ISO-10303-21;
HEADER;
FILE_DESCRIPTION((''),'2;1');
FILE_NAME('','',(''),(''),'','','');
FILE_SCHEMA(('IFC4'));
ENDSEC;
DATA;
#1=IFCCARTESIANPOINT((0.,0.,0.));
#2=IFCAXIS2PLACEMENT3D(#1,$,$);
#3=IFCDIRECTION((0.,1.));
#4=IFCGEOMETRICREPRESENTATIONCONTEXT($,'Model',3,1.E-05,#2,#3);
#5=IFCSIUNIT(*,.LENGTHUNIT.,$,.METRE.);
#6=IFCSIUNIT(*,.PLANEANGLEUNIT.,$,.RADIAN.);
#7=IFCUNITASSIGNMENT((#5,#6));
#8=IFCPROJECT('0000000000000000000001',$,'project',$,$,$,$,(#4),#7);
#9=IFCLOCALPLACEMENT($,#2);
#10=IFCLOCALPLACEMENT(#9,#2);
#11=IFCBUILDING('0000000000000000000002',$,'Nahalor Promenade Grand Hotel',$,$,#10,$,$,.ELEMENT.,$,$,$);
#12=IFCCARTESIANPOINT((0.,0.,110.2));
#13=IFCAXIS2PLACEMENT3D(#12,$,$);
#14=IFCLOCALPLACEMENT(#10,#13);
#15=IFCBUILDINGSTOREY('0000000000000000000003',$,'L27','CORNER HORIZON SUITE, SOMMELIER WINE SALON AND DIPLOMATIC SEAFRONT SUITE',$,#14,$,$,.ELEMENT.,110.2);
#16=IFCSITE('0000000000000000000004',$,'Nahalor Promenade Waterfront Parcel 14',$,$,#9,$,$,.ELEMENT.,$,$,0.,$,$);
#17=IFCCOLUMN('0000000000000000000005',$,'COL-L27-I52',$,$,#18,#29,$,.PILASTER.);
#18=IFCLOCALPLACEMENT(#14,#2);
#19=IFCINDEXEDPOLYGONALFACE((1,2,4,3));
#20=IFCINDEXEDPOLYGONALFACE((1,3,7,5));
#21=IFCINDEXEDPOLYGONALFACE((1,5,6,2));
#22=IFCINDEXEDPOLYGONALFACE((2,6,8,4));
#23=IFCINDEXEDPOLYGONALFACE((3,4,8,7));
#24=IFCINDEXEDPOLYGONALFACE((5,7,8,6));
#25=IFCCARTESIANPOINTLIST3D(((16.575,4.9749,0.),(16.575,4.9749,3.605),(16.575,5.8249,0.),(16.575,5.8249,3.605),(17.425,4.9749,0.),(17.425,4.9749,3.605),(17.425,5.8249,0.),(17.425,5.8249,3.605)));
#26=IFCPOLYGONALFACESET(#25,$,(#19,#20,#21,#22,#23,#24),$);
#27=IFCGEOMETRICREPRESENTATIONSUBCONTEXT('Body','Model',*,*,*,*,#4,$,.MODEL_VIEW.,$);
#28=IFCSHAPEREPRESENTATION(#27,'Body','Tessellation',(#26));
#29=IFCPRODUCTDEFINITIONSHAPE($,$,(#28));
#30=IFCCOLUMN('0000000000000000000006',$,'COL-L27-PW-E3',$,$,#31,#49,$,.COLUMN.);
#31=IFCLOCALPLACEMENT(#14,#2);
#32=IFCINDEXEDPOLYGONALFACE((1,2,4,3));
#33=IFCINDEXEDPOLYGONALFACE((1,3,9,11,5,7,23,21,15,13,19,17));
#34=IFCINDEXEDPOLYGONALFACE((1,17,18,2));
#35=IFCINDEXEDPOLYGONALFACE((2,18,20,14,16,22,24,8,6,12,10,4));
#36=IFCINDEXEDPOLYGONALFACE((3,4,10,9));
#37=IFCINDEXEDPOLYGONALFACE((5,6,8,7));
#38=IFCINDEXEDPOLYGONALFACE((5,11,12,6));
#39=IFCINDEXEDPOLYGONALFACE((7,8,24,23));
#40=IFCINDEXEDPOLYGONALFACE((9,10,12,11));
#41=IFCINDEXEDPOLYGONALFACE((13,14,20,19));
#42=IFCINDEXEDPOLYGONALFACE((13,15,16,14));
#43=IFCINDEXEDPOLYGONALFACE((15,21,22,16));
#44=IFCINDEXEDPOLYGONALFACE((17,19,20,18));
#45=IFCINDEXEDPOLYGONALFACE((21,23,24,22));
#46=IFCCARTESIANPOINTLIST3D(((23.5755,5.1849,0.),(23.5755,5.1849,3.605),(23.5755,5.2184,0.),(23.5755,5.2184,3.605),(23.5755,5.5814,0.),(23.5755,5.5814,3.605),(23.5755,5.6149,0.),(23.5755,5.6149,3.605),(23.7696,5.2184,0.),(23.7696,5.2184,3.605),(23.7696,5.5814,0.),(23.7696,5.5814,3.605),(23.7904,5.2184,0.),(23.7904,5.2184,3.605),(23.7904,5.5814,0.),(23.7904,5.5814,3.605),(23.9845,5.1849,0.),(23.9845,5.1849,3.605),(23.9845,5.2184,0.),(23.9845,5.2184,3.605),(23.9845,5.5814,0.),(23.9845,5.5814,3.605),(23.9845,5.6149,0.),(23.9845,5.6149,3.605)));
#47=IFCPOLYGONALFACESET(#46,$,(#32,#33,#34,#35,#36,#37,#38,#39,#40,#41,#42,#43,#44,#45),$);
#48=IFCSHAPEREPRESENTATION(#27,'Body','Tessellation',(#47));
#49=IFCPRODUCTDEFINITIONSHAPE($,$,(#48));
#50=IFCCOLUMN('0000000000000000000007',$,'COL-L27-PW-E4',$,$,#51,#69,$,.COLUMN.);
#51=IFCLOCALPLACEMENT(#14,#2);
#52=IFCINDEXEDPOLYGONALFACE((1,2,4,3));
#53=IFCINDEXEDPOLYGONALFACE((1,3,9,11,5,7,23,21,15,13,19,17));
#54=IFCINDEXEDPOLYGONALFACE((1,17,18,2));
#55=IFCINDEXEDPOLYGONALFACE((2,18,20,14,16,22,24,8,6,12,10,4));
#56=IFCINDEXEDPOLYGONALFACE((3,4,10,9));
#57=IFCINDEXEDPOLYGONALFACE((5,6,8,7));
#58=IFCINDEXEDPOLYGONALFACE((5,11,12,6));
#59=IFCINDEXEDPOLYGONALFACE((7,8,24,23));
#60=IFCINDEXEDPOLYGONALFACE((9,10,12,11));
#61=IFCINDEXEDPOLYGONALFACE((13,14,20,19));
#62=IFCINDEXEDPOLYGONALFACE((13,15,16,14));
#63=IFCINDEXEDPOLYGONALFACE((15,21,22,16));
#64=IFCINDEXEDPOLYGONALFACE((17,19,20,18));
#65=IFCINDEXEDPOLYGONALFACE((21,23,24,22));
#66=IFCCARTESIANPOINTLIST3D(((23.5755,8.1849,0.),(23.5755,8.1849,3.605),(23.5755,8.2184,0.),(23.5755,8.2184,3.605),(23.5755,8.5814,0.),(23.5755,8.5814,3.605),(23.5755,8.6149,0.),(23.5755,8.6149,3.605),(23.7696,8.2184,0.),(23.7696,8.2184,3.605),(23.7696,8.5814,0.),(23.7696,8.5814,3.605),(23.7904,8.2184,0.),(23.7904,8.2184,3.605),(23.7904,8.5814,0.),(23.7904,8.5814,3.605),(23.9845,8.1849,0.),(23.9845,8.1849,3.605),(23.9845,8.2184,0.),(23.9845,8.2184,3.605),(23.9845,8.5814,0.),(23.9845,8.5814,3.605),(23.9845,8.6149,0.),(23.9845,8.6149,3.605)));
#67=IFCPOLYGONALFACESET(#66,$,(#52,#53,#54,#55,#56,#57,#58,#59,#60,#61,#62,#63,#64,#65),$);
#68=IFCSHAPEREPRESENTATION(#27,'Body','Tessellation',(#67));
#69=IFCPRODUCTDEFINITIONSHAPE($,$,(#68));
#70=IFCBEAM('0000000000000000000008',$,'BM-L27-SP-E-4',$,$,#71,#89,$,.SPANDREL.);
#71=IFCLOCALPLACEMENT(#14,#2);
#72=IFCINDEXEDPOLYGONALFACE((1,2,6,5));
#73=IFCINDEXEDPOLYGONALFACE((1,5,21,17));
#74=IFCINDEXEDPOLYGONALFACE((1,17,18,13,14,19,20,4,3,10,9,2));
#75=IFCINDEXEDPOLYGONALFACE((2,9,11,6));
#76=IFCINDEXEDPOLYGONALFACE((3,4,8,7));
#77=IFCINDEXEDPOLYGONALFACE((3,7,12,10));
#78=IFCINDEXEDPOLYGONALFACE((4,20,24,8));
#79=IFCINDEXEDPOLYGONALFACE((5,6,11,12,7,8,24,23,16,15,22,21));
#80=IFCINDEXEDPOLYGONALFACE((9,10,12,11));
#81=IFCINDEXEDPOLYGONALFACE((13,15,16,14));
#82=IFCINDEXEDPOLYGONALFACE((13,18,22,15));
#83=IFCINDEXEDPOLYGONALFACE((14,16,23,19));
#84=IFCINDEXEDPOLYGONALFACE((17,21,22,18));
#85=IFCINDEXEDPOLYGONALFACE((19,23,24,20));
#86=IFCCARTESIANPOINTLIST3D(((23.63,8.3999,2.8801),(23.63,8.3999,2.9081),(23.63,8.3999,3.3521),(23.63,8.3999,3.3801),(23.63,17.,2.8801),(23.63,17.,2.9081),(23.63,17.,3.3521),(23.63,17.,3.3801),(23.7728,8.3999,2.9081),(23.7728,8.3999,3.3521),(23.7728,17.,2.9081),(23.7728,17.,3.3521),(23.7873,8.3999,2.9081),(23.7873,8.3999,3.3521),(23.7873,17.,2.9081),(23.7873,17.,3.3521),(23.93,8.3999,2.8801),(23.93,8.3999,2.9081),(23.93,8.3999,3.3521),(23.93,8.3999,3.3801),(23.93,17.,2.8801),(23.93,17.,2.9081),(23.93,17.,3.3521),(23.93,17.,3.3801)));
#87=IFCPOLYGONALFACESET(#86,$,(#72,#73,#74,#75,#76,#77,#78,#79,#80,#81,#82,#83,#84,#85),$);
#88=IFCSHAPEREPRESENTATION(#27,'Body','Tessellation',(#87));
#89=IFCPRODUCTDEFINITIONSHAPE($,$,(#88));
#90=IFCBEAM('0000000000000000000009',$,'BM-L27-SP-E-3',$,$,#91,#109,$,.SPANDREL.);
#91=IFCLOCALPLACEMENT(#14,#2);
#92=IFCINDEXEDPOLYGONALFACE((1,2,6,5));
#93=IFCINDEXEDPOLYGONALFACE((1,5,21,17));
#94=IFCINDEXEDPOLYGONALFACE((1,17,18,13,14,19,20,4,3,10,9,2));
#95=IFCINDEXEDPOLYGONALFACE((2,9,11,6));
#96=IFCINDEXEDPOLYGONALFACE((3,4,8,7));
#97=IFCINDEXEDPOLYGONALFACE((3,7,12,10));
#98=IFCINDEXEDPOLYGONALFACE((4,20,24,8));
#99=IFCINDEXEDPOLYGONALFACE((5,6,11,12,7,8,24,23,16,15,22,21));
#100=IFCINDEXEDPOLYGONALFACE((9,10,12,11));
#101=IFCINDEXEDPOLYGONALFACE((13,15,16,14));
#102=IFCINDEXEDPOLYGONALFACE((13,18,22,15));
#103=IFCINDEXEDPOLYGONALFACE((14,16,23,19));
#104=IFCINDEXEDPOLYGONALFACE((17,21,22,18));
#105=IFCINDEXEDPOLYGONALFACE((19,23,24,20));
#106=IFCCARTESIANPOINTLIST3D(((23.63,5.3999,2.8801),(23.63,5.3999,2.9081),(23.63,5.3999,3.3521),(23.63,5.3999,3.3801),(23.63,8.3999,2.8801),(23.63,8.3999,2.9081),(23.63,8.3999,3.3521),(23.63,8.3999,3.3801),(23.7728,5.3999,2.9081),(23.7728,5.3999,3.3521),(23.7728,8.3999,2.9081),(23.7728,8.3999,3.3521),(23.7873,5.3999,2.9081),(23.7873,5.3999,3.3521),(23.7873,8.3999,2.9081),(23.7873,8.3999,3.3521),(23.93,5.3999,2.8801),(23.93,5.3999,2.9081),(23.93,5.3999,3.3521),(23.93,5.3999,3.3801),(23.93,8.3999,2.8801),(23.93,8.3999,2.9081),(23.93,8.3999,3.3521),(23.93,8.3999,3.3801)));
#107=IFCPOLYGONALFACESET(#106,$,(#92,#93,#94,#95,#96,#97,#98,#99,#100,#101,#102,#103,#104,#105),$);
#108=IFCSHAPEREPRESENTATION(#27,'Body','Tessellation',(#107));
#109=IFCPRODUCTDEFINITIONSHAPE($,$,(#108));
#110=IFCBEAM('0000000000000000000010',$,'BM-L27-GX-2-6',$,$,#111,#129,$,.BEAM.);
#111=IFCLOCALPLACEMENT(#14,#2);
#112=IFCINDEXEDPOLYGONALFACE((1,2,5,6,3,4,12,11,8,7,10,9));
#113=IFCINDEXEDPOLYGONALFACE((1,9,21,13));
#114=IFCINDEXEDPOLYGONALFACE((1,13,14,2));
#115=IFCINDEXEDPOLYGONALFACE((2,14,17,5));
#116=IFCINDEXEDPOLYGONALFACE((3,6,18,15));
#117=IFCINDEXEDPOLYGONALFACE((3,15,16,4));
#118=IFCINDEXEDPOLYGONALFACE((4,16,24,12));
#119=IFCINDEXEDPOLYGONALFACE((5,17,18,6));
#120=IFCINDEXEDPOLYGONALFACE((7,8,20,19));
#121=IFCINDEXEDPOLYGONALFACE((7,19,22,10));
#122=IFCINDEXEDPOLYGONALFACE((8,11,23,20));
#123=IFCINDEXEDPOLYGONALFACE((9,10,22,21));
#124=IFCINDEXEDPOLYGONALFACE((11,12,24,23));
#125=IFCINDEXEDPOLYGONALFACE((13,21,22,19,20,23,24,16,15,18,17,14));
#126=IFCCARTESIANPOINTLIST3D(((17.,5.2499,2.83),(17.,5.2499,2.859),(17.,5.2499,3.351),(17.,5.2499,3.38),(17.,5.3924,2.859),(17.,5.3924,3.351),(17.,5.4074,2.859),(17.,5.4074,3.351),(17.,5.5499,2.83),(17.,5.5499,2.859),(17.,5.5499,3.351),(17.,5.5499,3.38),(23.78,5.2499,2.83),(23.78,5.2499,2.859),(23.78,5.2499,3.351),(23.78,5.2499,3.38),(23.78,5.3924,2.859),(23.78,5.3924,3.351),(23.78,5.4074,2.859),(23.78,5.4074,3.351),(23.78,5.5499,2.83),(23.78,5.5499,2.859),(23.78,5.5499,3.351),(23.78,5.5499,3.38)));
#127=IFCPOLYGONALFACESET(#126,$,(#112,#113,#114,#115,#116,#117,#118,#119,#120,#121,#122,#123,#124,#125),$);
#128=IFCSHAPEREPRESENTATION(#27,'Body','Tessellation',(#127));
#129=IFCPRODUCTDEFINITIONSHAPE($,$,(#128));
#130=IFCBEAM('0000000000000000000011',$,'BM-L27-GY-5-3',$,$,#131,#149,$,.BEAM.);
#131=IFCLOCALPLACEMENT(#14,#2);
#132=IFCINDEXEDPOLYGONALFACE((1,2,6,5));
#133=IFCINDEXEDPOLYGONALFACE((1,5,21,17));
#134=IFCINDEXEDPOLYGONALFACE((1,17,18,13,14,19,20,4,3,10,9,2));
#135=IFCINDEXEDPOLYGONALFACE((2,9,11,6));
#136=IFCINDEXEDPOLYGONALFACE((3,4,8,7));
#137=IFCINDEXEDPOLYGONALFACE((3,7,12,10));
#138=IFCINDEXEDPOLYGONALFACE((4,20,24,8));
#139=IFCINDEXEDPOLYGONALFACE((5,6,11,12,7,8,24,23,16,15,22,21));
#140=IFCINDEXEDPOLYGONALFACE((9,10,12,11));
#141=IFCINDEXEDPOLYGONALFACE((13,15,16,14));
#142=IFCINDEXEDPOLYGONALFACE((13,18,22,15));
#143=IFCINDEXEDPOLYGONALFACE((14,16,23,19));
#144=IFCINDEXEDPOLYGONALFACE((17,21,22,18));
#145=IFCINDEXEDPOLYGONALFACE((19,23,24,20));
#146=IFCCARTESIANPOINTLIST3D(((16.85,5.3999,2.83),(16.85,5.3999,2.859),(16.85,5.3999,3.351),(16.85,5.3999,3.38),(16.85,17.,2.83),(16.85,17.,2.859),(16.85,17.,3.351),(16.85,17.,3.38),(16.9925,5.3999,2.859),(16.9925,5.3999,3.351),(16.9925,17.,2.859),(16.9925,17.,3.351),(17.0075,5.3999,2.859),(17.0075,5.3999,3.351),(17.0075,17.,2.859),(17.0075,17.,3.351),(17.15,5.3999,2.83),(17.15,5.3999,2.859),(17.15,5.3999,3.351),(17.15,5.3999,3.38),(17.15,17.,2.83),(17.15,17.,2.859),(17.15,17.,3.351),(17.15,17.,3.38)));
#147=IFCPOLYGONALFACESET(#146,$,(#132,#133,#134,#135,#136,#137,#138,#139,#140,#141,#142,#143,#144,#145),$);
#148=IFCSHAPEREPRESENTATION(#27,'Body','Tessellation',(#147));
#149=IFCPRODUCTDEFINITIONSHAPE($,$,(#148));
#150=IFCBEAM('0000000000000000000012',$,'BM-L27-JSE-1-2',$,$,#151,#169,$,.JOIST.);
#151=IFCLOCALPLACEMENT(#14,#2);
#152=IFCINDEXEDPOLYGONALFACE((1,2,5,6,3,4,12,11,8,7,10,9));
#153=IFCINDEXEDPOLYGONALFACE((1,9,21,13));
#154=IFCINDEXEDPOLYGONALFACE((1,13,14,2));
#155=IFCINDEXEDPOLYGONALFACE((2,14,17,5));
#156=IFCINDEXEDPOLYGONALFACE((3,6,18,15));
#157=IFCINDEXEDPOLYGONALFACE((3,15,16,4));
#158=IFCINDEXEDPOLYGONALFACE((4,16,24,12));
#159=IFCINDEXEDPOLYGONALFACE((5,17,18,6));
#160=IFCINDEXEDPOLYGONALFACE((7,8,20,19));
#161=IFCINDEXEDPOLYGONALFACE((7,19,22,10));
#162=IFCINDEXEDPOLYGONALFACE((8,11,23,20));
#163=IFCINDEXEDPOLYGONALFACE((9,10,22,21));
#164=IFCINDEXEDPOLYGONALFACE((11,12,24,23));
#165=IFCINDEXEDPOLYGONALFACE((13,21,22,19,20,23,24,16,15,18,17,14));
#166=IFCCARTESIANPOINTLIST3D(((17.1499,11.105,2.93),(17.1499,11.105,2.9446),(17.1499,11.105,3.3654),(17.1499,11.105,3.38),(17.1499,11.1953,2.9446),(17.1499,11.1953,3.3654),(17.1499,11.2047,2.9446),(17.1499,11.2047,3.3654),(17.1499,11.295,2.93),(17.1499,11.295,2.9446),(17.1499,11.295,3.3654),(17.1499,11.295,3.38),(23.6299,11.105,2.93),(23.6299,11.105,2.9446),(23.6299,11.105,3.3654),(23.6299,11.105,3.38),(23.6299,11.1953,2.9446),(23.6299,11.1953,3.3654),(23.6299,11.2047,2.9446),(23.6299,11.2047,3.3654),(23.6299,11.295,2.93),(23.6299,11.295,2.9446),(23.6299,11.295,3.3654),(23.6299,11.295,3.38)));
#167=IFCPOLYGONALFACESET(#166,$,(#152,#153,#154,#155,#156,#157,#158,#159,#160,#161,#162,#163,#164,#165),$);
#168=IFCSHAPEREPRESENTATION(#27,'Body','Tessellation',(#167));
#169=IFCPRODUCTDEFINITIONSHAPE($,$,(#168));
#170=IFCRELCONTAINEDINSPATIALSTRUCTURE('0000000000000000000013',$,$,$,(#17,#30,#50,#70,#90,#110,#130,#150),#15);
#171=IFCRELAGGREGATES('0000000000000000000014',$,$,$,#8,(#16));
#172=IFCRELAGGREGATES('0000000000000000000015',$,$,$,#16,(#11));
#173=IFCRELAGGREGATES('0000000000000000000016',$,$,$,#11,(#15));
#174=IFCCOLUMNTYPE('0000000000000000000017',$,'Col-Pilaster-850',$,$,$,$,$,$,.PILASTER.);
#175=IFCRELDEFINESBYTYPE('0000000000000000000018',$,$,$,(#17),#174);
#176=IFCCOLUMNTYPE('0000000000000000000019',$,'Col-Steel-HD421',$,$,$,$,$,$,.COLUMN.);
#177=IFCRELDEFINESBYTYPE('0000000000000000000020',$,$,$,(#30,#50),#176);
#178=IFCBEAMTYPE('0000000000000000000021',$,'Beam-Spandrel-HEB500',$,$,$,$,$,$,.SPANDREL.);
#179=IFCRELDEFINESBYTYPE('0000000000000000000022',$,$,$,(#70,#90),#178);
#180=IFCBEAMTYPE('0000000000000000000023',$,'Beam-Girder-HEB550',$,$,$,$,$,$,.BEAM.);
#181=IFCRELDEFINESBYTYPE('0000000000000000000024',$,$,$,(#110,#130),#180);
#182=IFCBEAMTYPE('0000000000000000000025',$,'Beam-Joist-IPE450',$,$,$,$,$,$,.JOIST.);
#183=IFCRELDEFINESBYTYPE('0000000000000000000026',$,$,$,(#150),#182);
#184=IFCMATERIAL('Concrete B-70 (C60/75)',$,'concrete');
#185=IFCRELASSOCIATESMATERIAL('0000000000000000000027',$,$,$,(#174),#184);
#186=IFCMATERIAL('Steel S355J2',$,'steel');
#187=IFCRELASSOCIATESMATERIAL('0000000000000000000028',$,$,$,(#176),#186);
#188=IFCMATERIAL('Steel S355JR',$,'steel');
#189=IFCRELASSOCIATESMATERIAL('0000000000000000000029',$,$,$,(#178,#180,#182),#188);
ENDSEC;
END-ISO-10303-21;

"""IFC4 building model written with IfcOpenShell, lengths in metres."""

from ifc_helpers import new_model, si_unit, direction, frame, origin, origin_2d, place, context, subcontext, project, spatial, rectangle, i_section, extrude, source, transform, mapped, material, material_profile, profile_set, type_object, element, save


model = new_model("IFC4")

# Units and contexts
model_context = context("Model", 3, precision=1e-05, world=origin(), true_north=direction((0.0, 1.0)))
body_context = subcontext(model_context, "Body", "Model", "MODEL_VIEW")
ifc_project = project(units=[si_unit("LENGTHUNIT", "METRE"), si_unit("PLANEANGLEUNIT", "RADIAN")], contexts=[model_context])

# Site, building, storey
site_placement = place(None, origin())
site = spatial("IfcSite", under=ifc_project, at=site_placement, Name="Nahalor Promenade Waterfront Parcel 14", CompositionType="ELEMENT", RefElevation=0.0)
building_placement = place(site_placement, origin())
building = spatial("IfcBuilding", under=site, at=building_placement, Name="Nahalor Promenade Grand Hotel", CompositionType="ELEMENT")
storey_placement = place(building_placement, frame((0.0, 0.0, 110.2)))
storey = spatial("IfcBuildingStorey", under=building, at=storey_placement, Name="L27", Description="CORNER HORIZON SUITE, SOMMELIER WINE SALON AND DIPLOMATIC SEAFRONT SUITE", CompositionType="ELEMENT", Elevation=110.2)

# Columns
ifc_material_1 = material(Name="Concrete B-70 (C60/75)", Category="concrete")
ifc_material_profile_1 = material_profile(ifc_material_1, rectangle(XDim=0.85, YDim=0.85, at=origin_2d()), Name="RC 850x850")
ifc_profile_set_1 = profile_set([ifc_material_profile_1], Name="Concrete B-70 (C60/75)")
column_type_1 = type_object("IfcColumnType", Name="Col-Pilaster-850", PredefinedType="PILASTER", material=ifc_profile_set_1)
shared_shape_1 = source(origin(), body_context, "Body", "SweptSolid", [
    extrude(rectangle(XDim=0.85, YDim=0.85, at=origin_2d()), origin(), (0.0, 0.0, 1.0), 3.605),
])
column_placement = place(storey_placement, frame((17.0, 5.3999, 0.0), z_axis=(0.0, 0.0, 1.0), x_axis=(1.0, 0.0, 0.0)))
element("IfcColumn", 1, at=column_placement, inside=storey, type_object=column_type_1, Name="COL-L27-I52", PredefinedType="PILASTER", context=body_context, shape_type="MappedRepresentation", body=[
    mapped(shared_shape_1, transform((0.0, 0.0, 0.0), scale=1.0)),
])
ifc_material_2 = material(Name="Steel S355J2", Category="steel")
ifc_material_profile_2 = material_profile(ifc_material_2, i_section(OverallWidth=0.409, OverallDepth=0.43, WebThickness=0.0208, FlangeThickness=0.0335, at=origin_2d()), Name="HD 400x421")
ifc_profile_set_2 = profile_set([ifc_material_profile_2], Name="Steel S355J2")
column_type_2 = type_object("IfcColumnType", Name="Col-Steel-HD421", PredefinedType="COLUMN", material=ifc_profile_set_2)
shared_shape_2 = source(origin(), body_context, "Body", "SweptSolid", [
    extrude(i_section(OverallWidth=0.409, OverallDepth=0.43, WebThickness=0.0208, FlangeThickness=0.0335, at=origin_2d()), origin(), (0.0, 0.0, 1.0), 3.605),
])
for number, where, z_axis, x_axis, name in (
    (2, (23.78, 5.3999, 0.0), (0.0, 0.0, 1.0), (1.0, 0.0, 0.0), "COL-L27-PW-E3"),
    (3, (23.78, 8.3999, 0.0), (0.0, 0.0, 1.0), (1.0, 0.0, 0.0), "COL-L27-PW-E4"),
):
    element("IfcColumn", number, at=place(storey_placement, frame(where, z_axis=z_axis, x_axis=x_axis)), inside=storey, type_object=column_type_2, Name=name, PredefinedType="COLUMN", context=body_context, shape_type="MappedRepresentation", body=[
        mapped(shared_shape_2, transform((0.0, 0.0, 0.0), scale=1.0)),
    ])

# Beams
ifc_material_3 = material(Name="Steel S355JR", Category="steel")
ifc_material_profile_3 = material_profile(ifc_material_3, i_section(OverallWidth=0.3, OverallDepth=0.5, WebThickness=0.0145, FlangeThickness=0.028, at=origin_2d()), Name="HEB 500")
ifc_profile_set_3 = profile_set([ifc_material_profile_3], Name="Steel S355JR")
beam_type_1 = type_object("IfcBeamType", Name="Beam-Spandrel-HEB500", PredefinedType="SPANDREL", material=ifc_profile_set_3)
shared_shape_3 = source(origin(), body_context, "Body", "SweptSolid", [
    extrude(i_section(OverallWidth=0.3, OverallDepth=0.5, WebThickness=0.0145, FlangeThickness=0.028, at=origin_2d()), origin(), (0.0, 0.0, 1.0), 8.6001),
])
beam_1_placement = place(storey_placement, frame((23.78, 8.3999, 3.1301), z_axis=(0.0, 1.0, 0.0), x_axis=(-1.0, 0.0, 0.0)))
element("IfcBeam", 4, at=beam_1_placement, inside=storey, type_object=beam_type_1, Name="BM-L27-SP-E-4", PredefinedType="SPANDREL", context=body_context, shape_type="MappedRepresentation", body=[
    mapped(shared_shape_3, transform((0.0, 0.0, 0.0), scale=1.0)),
])
shared_shape_4 = source(origin(), body_context, "Body", "SweptSolid", [
    extrude(i_section(OverallWidth=0.3, OverallDepth=0.5, WebThickness=0.0145, FlangeThickness=0.028, at=origin_2d()), origin(), (0.0, 0.0, 1.0), 3.0),
])
beam_2_placement = place(storey_placement, frame((23.78, 5.3999, 3.1301), z_axis=(0.0, 1.0, 0.0), x_axis=(-1.0, 0.0, 0.0)))
element("IfcBeam", 5, at=beam_2_placement, inside=storey, type_object=beam_type_1, Name="BM-L27-SP-E-3", PredefinedType="SPANDREL", context=body_context, shape_type="MappedRepresentation", body=[
    mapped(shared_shape_4, transform((0.0, 0.0, 0.0), scale=1.0)),
])
ifc_material_profile_4 = material_profile(ifc_material_3, i_section(OverallWidth=0.3, OverallDepth=0.55, WebThickness=0.015, FlangeThickness=0.029, at=origin_2d()), Name="HEB 550")
ifc_profile_set_4 = profile_set([ifc_material_profile_4], Name="Steel S355JR")
beam_type_2 = type_object("IfcBeamType", Name="Beam-Girder-HEB550", PredefinedType="BEAM", material=ifc_profile_set_4)
shared_shape_5 = source(origin(), body_context, "Body", "SweptSolid", [
    extrude(i_section(OverallWidth=0.3, OverallDepth=0.55, WebThickness=0.015, FlangeThickness=0.029, at=origin_2d()), origin(), (0.0, 0.0, 1.0), 6.78),
])
beam_3_placement = place(storey_placement, frame((17.0, 5.3999, 3.105), z_axis=(1.0, 0.0, 0.0), x_axis=(0.0, 1.0, 0.0)))
element("IfcBeam", 6, at=beam_3_placement, inside=storey, type_object=beam_type_2, Name="BM-L27-GX-2-6", PredefinedType="BEAM", context=body_context, shape_type="MappedRepresentation", body=[
    mapped(shared_shape_5, transform((0.0, 0.0, 0.0), scale=1.0)),
])
shared_shape_6 = source(origin(), body_context, "Body", "SweptSolid", [
    extrude(i_section(OverallWidth=0.3, OverallDepth=0.55, WebThickness=0.015, FlangeThickness=0.029, at=origin_2d()), origin(), (0.0, 0.0, 1.0), 11.6001),
])
beam_4_placement = place(storey_placement, frame((17.0, 5.3999, 3.105), z_axis=(0.0, 1.0, 0.0), x_axis=(-1.0, 0.0, 0.0)))
element("IfcBeam", 7, at=beam_4_placement, inside=storey, type_object=beam_type_2, Name="BM-L27-GY-5-3", PredefinedType="BEAM", context=body_context, shape_type="MappedRepresentation", body=[
    mapped(shared_shape_6, transform((0.0, 0.0, 0.0), scale=1.0)),
])
ifc_material_profile_5 = material_profile(ifc_material_3, i_section(OverallWidth=0.19, OverallDepth=0.45, WebThickness=0.0094, FlangeThickness=0.0146, at=origin_2d()), Name="IPE 450")
ifc_profile_set_5 = profile_set([ifc_material_profile_5], Name="Steel S355JR")
beam_type_3 = type_object("IfcBeamType", Name="Beam-Joist-IPE450", PredefinedType="JOIST", material=ifc_profile_set_5)
shared_shape_7 = source(origin(), body_context, "Body", "SweptSolid", [
    extrude(i_section(OverallWidth=0.19, OverallDepth=0.45, WebThickness=0.0094, FlangeThickness=0.0146, at=origin_2d()), origin(), (0.0, 0.0, 1.0), 6.48),
])
beam_5_placement = place(storey_placement, frame((17.1499, 11.2, 3.155), z_axis=(1.0, 0.0, 0.0), x_axis=(0.0, 1.0, 0.0)))
element("IfcBeam", 8, at=beam_5_placement, inside=storey, type_object=beam_type_3, Name="BM-L27-JSE-1-2", PredefinedType="JOIST", context=body_context, shape_type="MappedRepresentation", body=[
    mapped(shared_shape_7, transform((0.0, 0.0, 0.0), scale=1.0)),
])

save(model, "model.ifc")
